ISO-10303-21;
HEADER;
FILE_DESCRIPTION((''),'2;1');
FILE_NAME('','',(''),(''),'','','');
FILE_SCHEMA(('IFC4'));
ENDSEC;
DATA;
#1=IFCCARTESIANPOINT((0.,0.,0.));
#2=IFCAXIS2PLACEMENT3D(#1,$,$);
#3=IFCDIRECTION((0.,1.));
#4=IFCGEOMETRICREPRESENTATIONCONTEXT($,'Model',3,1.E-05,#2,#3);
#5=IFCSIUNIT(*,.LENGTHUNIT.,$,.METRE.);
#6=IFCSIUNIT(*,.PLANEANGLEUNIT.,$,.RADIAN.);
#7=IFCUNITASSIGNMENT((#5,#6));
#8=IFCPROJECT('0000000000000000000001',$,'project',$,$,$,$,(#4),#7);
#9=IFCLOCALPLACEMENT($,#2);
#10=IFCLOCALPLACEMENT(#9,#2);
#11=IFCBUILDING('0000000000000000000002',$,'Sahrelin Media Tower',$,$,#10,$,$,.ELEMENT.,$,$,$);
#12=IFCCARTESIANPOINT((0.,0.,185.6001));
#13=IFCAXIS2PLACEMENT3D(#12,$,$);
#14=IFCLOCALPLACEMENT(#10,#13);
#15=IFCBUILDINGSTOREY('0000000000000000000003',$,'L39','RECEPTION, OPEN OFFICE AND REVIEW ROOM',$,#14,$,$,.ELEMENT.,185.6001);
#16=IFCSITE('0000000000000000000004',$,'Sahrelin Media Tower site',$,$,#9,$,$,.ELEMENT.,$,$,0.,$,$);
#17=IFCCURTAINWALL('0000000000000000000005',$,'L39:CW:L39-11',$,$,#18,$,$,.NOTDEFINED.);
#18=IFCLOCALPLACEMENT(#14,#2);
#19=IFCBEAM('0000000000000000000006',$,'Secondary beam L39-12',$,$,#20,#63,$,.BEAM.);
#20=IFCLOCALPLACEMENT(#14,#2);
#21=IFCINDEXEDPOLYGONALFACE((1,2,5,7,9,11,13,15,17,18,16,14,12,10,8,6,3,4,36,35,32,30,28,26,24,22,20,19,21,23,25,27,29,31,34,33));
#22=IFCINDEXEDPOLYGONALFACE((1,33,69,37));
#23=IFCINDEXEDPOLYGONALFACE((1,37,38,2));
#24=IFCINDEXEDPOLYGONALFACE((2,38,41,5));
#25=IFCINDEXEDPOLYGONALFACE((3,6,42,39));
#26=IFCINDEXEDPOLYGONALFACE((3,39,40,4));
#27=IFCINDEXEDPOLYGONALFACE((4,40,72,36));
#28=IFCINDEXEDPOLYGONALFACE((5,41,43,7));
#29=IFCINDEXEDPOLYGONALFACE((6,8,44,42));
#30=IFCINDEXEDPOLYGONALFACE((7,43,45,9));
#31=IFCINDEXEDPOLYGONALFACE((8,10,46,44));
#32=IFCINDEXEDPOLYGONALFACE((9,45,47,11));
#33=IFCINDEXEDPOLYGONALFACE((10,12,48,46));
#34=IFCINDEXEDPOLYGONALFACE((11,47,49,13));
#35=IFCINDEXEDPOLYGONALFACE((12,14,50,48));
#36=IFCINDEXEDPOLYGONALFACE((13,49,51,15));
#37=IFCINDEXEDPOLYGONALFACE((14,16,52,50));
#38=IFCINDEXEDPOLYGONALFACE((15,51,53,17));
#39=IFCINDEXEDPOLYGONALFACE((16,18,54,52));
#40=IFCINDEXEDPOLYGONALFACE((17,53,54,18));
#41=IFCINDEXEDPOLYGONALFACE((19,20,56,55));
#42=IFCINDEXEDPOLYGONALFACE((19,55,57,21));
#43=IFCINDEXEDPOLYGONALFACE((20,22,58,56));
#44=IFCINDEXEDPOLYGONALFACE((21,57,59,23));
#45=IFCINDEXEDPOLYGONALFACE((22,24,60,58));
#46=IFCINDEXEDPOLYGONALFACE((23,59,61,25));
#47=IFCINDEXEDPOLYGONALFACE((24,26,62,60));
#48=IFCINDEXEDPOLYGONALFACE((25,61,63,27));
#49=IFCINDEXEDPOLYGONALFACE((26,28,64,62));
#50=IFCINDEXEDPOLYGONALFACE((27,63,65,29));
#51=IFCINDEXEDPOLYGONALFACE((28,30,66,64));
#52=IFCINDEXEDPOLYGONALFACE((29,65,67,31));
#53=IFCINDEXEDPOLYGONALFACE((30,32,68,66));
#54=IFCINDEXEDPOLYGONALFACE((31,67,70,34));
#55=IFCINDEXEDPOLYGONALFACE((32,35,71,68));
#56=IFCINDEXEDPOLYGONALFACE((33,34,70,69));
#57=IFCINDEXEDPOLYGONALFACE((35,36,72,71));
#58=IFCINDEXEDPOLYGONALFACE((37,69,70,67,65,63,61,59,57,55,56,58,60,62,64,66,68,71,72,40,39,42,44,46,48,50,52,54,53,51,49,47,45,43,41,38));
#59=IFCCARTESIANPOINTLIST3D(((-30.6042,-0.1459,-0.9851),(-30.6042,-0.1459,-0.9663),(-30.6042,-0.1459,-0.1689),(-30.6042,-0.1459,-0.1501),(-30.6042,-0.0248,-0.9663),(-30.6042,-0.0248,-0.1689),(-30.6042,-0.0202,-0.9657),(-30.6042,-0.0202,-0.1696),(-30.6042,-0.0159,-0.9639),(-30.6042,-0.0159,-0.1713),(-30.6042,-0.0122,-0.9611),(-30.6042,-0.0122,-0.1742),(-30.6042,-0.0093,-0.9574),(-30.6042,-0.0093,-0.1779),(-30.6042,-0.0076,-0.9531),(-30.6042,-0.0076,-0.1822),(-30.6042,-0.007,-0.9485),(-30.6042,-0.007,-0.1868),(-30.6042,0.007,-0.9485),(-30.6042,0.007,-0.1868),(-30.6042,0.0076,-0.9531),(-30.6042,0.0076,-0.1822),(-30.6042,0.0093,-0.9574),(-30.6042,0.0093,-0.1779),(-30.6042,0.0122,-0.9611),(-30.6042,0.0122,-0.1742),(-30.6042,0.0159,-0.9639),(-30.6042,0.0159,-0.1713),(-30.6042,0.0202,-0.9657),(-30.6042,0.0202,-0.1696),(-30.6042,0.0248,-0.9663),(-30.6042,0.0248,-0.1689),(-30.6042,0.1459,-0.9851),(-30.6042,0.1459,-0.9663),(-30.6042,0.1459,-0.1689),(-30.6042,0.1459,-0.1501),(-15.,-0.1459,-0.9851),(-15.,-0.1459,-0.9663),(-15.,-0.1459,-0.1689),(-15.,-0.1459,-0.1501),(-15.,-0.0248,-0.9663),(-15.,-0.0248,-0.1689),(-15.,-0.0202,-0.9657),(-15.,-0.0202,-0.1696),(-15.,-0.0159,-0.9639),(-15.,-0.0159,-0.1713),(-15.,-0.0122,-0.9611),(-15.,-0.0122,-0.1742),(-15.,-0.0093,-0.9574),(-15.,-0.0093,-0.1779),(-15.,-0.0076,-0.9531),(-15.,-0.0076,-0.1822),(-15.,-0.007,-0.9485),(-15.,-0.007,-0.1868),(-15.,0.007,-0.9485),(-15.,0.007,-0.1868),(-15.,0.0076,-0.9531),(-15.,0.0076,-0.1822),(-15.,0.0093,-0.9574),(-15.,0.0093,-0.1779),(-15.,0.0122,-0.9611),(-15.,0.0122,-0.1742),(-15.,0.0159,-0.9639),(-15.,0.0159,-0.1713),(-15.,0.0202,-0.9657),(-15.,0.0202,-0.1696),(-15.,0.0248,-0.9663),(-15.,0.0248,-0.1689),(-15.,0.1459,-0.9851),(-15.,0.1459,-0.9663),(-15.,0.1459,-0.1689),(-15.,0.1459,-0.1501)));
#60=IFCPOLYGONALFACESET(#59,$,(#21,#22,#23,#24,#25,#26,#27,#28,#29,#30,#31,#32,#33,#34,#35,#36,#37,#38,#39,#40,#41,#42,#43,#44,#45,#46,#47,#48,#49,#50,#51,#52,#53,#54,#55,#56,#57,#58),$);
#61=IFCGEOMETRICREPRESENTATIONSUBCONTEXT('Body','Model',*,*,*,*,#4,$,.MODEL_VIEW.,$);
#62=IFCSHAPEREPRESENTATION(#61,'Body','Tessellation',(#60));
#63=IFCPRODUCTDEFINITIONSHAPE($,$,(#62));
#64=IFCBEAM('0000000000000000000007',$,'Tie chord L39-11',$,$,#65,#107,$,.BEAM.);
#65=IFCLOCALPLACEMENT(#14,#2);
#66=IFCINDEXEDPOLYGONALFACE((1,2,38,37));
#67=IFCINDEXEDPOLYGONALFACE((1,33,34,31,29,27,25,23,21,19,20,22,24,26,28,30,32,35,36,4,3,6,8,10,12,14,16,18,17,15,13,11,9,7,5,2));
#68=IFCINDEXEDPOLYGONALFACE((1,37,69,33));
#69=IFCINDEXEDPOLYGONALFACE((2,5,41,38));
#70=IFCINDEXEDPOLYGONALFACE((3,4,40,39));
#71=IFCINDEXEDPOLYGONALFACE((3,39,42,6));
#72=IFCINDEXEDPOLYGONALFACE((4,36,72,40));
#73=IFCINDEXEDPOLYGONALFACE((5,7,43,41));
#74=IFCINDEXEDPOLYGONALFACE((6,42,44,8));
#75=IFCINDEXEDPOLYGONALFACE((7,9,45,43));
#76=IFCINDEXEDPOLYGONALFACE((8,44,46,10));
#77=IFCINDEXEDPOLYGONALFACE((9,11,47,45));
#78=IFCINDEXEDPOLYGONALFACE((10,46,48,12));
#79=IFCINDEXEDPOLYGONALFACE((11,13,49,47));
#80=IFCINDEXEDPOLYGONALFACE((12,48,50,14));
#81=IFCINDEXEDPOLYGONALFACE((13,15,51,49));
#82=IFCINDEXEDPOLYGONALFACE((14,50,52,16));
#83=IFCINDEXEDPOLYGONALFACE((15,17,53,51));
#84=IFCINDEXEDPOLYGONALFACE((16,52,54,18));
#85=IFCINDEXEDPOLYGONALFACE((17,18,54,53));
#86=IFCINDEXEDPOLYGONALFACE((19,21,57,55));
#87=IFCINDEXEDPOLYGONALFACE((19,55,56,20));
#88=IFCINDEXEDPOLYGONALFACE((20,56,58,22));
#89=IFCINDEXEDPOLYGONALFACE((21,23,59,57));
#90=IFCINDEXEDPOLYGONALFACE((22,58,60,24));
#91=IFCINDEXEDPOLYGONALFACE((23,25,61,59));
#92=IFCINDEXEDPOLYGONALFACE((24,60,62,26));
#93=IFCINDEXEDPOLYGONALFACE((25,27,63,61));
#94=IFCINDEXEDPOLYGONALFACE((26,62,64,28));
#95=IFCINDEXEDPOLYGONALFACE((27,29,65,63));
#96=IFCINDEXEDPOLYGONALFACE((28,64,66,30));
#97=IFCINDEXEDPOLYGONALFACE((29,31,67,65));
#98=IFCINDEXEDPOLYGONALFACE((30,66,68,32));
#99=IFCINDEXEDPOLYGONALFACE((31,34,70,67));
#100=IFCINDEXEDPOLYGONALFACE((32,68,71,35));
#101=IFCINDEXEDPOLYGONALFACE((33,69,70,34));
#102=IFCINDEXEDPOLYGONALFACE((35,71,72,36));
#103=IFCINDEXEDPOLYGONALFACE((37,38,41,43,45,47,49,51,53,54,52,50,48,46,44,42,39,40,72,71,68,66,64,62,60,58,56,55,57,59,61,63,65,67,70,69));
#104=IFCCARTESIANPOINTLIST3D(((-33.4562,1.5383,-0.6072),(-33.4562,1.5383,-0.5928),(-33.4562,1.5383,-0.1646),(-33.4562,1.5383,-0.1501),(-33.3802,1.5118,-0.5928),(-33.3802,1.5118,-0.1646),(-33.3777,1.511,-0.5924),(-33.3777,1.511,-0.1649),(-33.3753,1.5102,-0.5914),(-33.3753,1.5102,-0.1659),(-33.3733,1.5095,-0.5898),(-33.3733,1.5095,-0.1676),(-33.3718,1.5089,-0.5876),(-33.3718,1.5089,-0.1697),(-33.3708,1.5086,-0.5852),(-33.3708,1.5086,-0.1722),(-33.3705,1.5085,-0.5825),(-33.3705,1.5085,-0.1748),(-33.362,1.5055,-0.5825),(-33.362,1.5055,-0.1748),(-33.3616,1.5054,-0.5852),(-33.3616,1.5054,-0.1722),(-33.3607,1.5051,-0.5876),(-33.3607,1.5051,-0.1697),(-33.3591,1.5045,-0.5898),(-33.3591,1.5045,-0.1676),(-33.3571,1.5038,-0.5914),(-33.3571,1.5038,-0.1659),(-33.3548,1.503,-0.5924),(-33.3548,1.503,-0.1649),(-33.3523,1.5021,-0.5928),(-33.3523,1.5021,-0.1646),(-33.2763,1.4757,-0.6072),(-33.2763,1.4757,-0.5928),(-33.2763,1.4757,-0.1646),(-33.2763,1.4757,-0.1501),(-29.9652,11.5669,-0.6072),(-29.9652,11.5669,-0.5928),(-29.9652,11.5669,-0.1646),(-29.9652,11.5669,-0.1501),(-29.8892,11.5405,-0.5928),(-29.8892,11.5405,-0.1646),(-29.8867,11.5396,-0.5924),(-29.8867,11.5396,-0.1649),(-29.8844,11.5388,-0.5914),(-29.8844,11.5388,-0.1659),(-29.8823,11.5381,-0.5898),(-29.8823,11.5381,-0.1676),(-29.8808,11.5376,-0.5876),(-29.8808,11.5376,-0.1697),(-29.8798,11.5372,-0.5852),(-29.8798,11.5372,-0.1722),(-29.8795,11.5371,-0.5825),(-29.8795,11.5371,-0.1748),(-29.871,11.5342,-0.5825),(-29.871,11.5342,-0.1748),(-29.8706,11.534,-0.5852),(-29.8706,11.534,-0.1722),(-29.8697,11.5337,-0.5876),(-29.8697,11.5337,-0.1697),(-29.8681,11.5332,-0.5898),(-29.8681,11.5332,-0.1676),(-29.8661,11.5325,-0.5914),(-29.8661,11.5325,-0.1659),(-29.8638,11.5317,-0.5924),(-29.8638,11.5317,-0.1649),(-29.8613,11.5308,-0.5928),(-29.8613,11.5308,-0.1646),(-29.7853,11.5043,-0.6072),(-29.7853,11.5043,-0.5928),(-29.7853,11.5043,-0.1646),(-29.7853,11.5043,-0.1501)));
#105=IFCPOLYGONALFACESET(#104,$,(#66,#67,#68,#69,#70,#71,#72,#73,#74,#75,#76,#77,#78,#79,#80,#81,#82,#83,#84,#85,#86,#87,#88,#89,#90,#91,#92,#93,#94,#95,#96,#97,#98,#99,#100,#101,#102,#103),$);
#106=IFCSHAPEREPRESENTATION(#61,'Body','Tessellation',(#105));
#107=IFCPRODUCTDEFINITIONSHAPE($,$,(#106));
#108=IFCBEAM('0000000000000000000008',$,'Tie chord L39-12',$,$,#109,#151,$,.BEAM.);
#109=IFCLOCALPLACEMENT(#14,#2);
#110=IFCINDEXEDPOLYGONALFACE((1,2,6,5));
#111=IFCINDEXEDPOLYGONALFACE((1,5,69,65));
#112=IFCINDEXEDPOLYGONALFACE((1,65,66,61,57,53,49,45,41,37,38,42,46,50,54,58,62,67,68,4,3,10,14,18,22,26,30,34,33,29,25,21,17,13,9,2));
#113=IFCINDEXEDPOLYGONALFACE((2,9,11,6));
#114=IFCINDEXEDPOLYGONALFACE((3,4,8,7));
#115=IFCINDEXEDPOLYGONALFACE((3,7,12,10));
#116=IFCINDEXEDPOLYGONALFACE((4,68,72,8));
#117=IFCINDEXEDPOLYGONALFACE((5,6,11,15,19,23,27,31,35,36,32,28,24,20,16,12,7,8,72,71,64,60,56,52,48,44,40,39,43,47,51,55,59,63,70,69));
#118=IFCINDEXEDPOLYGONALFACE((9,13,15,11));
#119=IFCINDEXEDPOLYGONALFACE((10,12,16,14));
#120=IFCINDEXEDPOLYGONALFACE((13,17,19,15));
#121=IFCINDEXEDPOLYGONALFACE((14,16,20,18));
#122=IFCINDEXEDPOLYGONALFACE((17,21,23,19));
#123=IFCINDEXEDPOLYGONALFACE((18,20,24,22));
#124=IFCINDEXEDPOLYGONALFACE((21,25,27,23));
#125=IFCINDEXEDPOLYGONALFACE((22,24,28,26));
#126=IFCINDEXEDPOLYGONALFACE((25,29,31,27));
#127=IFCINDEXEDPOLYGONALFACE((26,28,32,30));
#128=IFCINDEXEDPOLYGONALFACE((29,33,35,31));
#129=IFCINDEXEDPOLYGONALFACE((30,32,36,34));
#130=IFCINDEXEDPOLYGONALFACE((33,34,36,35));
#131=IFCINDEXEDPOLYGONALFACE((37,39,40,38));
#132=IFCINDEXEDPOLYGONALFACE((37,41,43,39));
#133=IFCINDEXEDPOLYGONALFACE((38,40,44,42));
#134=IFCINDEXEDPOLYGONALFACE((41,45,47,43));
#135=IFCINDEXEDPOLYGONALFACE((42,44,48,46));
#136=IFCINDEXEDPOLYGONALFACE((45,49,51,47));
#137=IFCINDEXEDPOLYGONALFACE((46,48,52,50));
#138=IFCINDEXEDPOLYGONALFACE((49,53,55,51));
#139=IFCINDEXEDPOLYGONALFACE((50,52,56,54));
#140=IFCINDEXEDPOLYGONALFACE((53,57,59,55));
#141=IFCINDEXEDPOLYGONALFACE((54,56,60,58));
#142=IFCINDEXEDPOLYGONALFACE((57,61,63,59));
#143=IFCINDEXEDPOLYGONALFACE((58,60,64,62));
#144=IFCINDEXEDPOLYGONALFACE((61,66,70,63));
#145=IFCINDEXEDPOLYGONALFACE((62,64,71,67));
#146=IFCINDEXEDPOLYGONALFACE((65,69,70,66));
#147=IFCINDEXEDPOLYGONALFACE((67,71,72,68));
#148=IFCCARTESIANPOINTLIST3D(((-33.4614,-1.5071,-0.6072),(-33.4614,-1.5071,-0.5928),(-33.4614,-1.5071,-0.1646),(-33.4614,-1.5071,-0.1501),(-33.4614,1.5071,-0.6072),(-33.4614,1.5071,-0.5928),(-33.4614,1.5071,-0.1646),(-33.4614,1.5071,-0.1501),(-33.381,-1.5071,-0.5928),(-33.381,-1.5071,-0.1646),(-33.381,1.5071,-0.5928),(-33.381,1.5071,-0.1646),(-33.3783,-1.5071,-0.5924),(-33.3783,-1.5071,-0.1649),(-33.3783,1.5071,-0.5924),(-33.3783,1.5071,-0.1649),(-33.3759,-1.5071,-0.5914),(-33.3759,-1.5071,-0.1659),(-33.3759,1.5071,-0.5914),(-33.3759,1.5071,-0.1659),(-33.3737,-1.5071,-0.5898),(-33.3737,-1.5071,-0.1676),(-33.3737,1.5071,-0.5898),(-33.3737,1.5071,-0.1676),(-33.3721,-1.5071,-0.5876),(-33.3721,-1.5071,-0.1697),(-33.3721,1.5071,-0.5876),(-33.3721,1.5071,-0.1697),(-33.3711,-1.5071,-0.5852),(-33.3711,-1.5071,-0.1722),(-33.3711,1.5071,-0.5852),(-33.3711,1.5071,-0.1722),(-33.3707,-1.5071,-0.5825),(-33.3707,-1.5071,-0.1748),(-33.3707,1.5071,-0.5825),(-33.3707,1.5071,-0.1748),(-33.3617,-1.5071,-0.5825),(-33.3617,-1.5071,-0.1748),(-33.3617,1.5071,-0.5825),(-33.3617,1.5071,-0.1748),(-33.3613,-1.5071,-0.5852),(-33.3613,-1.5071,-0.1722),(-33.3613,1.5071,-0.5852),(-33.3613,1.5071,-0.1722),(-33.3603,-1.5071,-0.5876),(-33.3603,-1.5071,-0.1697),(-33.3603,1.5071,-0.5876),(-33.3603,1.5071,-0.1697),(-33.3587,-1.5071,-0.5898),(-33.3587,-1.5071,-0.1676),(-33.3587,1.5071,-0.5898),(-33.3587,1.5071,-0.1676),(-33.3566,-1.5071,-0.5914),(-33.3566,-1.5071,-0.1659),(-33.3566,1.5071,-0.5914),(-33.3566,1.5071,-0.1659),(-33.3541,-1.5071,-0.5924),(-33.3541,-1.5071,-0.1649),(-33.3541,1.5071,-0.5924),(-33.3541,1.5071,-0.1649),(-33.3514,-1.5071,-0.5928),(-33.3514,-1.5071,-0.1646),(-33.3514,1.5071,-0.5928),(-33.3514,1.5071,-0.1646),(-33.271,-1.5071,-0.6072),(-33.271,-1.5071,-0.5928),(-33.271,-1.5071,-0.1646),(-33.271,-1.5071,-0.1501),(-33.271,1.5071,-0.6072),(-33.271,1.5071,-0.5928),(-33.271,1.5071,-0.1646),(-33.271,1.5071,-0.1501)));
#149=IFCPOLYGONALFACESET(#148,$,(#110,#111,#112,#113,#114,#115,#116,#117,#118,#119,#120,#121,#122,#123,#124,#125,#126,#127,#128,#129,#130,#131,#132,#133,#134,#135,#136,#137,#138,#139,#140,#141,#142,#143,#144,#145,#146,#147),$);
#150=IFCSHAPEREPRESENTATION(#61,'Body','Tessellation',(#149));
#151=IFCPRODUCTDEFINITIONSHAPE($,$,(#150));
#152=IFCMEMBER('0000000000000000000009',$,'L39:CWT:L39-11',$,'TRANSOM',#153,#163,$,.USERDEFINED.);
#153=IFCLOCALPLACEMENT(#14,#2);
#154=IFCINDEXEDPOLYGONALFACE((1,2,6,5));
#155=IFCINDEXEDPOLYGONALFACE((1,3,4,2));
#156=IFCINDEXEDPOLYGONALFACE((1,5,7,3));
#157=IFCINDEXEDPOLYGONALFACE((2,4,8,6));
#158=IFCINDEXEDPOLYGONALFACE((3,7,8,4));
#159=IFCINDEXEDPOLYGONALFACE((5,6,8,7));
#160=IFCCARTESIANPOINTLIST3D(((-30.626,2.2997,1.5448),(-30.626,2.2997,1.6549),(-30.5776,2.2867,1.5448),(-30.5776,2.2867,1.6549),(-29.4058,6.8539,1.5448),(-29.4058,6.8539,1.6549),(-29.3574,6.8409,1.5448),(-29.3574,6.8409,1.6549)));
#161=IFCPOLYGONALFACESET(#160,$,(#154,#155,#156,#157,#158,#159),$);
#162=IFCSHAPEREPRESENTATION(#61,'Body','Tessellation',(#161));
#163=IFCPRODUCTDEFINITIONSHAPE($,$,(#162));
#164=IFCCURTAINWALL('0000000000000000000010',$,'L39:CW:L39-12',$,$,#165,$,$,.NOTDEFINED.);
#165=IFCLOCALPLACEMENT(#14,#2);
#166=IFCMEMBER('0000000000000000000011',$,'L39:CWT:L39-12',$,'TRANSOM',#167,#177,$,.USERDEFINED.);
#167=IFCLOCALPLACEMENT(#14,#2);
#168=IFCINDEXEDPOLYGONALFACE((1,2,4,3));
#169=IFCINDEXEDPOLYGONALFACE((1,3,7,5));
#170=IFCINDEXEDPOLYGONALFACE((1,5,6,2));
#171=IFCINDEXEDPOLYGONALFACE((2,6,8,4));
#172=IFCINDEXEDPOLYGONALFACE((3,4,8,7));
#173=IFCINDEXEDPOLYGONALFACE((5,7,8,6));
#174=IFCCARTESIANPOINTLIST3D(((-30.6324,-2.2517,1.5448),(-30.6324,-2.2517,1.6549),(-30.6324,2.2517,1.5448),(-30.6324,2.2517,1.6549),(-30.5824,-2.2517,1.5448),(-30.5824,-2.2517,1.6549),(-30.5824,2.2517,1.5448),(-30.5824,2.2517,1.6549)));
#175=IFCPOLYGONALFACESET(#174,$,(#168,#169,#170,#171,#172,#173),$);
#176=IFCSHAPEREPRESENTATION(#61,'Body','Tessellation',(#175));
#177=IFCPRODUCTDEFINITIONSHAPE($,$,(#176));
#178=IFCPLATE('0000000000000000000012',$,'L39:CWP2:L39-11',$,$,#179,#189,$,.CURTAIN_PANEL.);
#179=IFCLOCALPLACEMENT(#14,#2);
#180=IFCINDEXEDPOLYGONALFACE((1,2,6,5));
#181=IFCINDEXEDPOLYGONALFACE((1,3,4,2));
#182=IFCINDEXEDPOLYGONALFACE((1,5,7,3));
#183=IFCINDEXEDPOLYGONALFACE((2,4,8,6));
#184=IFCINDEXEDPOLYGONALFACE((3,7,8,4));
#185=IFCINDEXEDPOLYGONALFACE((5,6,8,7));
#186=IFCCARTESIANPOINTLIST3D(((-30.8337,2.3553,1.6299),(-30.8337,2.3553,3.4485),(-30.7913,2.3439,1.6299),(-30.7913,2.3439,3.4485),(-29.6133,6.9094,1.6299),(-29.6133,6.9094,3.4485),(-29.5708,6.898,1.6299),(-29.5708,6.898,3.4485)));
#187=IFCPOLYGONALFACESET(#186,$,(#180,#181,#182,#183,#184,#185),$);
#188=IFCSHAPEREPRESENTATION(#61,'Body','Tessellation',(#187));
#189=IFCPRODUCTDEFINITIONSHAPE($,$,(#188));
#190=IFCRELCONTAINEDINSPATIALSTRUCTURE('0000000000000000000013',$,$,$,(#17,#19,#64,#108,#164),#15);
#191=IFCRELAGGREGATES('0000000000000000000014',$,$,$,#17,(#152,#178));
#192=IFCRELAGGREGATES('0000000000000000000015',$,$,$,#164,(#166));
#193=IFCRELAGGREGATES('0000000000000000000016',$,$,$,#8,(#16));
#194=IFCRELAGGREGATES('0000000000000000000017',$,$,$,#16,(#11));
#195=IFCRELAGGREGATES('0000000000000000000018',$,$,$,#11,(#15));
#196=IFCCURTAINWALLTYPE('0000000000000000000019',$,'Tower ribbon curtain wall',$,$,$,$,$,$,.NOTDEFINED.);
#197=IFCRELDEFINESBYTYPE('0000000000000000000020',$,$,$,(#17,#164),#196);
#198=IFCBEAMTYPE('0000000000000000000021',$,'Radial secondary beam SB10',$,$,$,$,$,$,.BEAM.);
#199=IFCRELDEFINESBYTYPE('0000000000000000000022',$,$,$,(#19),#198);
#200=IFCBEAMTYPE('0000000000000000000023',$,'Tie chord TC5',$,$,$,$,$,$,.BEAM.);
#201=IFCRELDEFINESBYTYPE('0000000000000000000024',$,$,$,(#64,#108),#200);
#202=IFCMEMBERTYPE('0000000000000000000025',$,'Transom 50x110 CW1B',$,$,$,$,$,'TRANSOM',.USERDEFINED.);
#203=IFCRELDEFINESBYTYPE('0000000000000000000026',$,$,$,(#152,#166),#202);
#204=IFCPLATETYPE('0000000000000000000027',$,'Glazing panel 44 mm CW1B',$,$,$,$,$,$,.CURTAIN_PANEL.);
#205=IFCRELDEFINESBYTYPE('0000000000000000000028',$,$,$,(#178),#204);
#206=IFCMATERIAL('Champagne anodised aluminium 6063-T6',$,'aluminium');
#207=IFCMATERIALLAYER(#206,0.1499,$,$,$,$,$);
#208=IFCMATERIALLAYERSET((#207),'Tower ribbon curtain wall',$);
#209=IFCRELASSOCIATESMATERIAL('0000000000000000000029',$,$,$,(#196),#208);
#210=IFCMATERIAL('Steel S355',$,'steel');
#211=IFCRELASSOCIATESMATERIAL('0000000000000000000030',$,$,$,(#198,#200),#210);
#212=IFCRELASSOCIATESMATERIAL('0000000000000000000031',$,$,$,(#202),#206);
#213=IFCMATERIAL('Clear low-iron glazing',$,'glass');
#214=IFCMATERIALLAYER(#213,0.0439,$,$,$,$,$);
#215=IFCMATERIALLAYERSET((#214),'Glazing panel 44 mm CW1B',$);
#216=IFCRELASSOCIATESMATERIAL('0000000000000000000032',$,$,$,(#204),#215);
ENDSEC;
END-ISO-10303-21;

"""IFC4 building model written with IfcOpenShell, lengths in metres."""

from ifc_helpers import new_model, si_unit, direction, frame, origin, origin_2d, place, context, subcontext, project, spatial, polyline, rectangle, i_section, outline, extrude, material, layer, layer_set, material_profile, profile_set, type_object, element, aggregate, save


model = new_model("IFC4")

# Units and contexts
model_context = context("Model", 3, precision=1e-05, world=origin(), true_north=direction((0.0, 1.0)))
body_context = subcontext(model_context, "Body", "Model", "MODEL_VIEW")
ifc_project = project(units=[si_unit("LENGTHUNIT", "METRE"), si_unit("PLANEANGLEUNIT", "RADIAN")], contexts=[model_context])

# Site, building, storey
site_placement = place(None, origin())
site = spatial("IfcSite", under=ifc_project, at=site_placement, Name="Sahrelin Media Tower site", CompositionType="ELEMENT", RefElevation=0.0)
building_placement = place(site_placement, origin())
building = spatial("IfcBuilding", under=site, at=building_placement, Name="Sahrelin Media Tower", CompositionType="ELEMENT")
storey_placement = place(building_placement, frame((0.0, 0.0, 185.6001)))
storey = spatial("IfcBuildingStorey", under=building, at=storey_placement, Name="L39", Description="RECEPTION, OPEN OFFICE AND REVIEW ROOM", CompositionType="ELEMENT", Elevation=185.6001)

# Shared definitions
ifc_material_1 = material(Name="Steel S355", Category="steel")

# Curtain wall
ifc_material_2 = material(Name="Champagne anodised aluminium 6063-T6", Category="aluminium")
ifc_layer_1 = layer(ifc_material_2, 0.1499)
ifc_layer_set_1 = layer_set([ifc_layer_1], Name="Tower ribbon curtain wall")
curtain_wall_type = type_object("IfcCurtainWallType", Name="Tower ribbon curtain wall", PredefinedType="NOTDEFINED", material=ifc_layer_set_1)
curtain_wall_1_placement = place(storey_placement, frame((-30.2041, 4.6272, 0.0), z_axis=(0.0, 0.0, 1.0), x_axis=(1.0, 0.0, 0.0)))
curtain_wall_1 = element("IfcCurtainWall", 1, at=curtain_wall_1_placement, inside=storey, type_object=curtain_wall_type, Name="L39:CW:L39-11", PredefinedType="NOTDEFINED")

# Beams
ifc_material_profile_1 = material_profile(ifc_material_1, i_section(OverallWidth=0.2917, OverallDepth=0.835, WebThickness=0.0139, FlangeThickness=0.0188, FilletRadius=0.0178, at=origin_2d()), Name="UB 838x292x176")
ifc_profile_set_1 = profile_set([ifc_material_profile_1], Name="Steel S355")
beam_type_1 = type_object("IfcBeamType", Name="Radial secondary beam SB10", PredefinedType="BEAM", material=ifc_profile_set_1)
beam_1_placement = place(storey_placement, frame((-15.0, 0.0, -0.5676), z_axis=(-1.0, 0.0, 0.0), x_axis=(0.0, -1.0, 0.0)))
element("IfcBeam", 2, at=beam_1_placement, inside=storey, type_object=beam_type_1, Name="Secondary beam L39-12", PredefinedType="BEAM", context=body_context, shape_type="SweptSolid", body=[
    extrude(i_section(OverallWidth=0.2917, OverallDepth=0.835, WebThickness=0.0139, FlangeThickness=0.0188, FilletRadius=0.0178, at=origin_2d()), origin(), (0.0, 0.0, 1.0), 15.6042),
])
ifc_material_profile_2 = material_profile(ifc_material_1, i_section(OverallWidth=0.1904, OverallDepth=0.457, WebThickness=0.009, FlangeThickness=0.0144, FilletRadius=0.0103, at=origin_2d()), Name="UB 457x191x74")
ifc_profile_set_2 = profile_set([ifc_material_profile_2], Name="Steel S355")
beam_type_2 = type_object("IfcBeamType", Name="Tie chord TC5", PredefinedType="BEAM", material=ifc_profile_set_2)
beam_2_placement = place(storey_placement, frame((-29.8752, 11.5356, -0.3787), z_axis=(-0.328753, -0.944416, 0.0), x_axis=(0.944416, -0.328753, 0.0)))
element("IfcBeam", 3, at=beam_2_placement, inside=storey, type_object=beam_type_2, Name="Tie chord L39-11", PredefinedType="BEAM", context=body_context, shape_type="SweptSolid", body=[
    extrude(i_section(OverallWidth=0.1904, OverallDepth=0.457, WebThickness=0.009, FlangeThickness=0.0144, FilletRadius=0.0103, at=origin_2d()), origin(), (0.0, 0.0, 1.0), 10.6189),
])
beam_3_placement = place(storey_placement, frame((-33.3662, 1.5071, -0.3787), z_axis=(0.0, -1.0, 0.0), x_axis=(1.0, 0.0, 0.0)))
element("IfcBeam", 4, at=beam_3_placement, inside=storey, type_object=beam_type_2, Name="Tie chord L39-12", PredefinedType="BEAM", context=body_context, shape_type="SweptSolid", body=[
    extrude(i_section(OverallWidth=0.1904, OverallDepth=0.457, WebThickness=0.009, FlangeThickness=0.0144, FilletRadius=0.0103, at=origin_2d()), origin(), (0.0, 0.0, 1.0), 3.0142),
])

# Member
ifc_material_profile_3 = material_profile(ifc_material_2, rectangle(XDim=0.05, YDim=0.1101, at=origin_2d()), Name="Transom 50x110")
ifc_profile_set_3 = profile_set([ifc_material_profile_3], Name="Champagne anodised aluminium 6063-T6")
member_type_1 = type_object("IfcMemberType", Name="Transom 50x110 CW1B", ElementType="TRANSOM", PredefinedType="USERDEFINED", material=ifc_profile_set_3)
member_1_placement = place(storey_placement, frame((-29.3816, 6.8474, 1.5999), z_axis=(-0.258803, -0.96593, 0.0), x_axis=(0.96593, -0.258803, 0.0)))
member_1 = element("IfcMember", 5, at=member_1_placement, type_object=member_type_1, Name="L39:CWT:L39-11", ObjectType="TRANSOM", PredefinedType="USERDEFINED", context=body_context, shape_type="SweptSolid", body=[
    extrude(rectangle(XDim=0.05, YDim=0.1101, at=origin_2d()), origin(), (0.0, 0.0, 1.0), 4.7148),
])

# Curtain wall, member
curtain_wall_2_placement = place(storey_placement, frame((-30.8274, 0.0, 0.0), z_axis=(0.0, 0.0, 1.0), x_axis=(1.0, 0.0, 0.0)))
curtain_wall_2 = element("IfcCurtainWall", 6, at=curtain_wall_2_placement, inside=storey, type_object=curtain_wall_type, Name="L39:CW:L39-12", PredefinedType="NOTDEFINED")
member_2_placement = place(storey_placement, frame((-30.6074, 2.2517, 1.5999), z_axis=(0.0, -1.0, 0.0), x_axis=(1.0, 0.0, 0.0)))
member_2 = element("IfcMember", 7, at=member_2_placement, type_object=member_type_1, Name="L39:CWT:L39-12", ObjectType="TRANSOM", PredefinedType="USERDEFINED", context=body_context, shape_type="SweptSolid", body=[
    extrude(rectangle(XDim=0.05, YDim=0.1101, at=origin_2d()), origin(), (0.0, 0.0, 1.0), 4.5034),
])

# Plate
ifc_material_3 = material(Name="Clear low-iron glazing", Category="glass")
ifc_layer_2 = layer(ifc_material_3, 0.0439)
ifc_layer_set_2 = layer_set([ifc_layer_2], Name="Glazing panel 44 mm CW1B")
plate_type_1 = type_object("IfcPlateType", Name="Glazing panel 44 mm CW1B", PredefinedType="CURTAIN_PANEL", material=ifc_layer_set_2)
plate_1_placement = place(storey_placement, frame((-29.6133, 6.9094, 1.6299), z_axis=(-0.965917, 0.258852, 0.0), x_axis=(-0.258852, -0.965917, 0.0)))
plate_1 = element("IfcPlate", 8, at=plate_1_placement, type_object=plate_type_1, Name="L39:CWP2:L39-11", PredefinedType="CURTAIN_PANEL", context=body_context, shape_type="SweptSolid", body=[
    extrude(outline(polyline([(0.0, 0.0), (4.7148, 0.0), (4.7148, 1.8186), (0.0, 1.8186), (0.0, 0.0)])), origin(), (0.0, 0.0, -1.0), 0.0439),
])
aggregate(curtain_wall_1, [member_1, plate_1])
aggregate(curtain_wall_2, [member_2])

save(model, "model.ifc")
